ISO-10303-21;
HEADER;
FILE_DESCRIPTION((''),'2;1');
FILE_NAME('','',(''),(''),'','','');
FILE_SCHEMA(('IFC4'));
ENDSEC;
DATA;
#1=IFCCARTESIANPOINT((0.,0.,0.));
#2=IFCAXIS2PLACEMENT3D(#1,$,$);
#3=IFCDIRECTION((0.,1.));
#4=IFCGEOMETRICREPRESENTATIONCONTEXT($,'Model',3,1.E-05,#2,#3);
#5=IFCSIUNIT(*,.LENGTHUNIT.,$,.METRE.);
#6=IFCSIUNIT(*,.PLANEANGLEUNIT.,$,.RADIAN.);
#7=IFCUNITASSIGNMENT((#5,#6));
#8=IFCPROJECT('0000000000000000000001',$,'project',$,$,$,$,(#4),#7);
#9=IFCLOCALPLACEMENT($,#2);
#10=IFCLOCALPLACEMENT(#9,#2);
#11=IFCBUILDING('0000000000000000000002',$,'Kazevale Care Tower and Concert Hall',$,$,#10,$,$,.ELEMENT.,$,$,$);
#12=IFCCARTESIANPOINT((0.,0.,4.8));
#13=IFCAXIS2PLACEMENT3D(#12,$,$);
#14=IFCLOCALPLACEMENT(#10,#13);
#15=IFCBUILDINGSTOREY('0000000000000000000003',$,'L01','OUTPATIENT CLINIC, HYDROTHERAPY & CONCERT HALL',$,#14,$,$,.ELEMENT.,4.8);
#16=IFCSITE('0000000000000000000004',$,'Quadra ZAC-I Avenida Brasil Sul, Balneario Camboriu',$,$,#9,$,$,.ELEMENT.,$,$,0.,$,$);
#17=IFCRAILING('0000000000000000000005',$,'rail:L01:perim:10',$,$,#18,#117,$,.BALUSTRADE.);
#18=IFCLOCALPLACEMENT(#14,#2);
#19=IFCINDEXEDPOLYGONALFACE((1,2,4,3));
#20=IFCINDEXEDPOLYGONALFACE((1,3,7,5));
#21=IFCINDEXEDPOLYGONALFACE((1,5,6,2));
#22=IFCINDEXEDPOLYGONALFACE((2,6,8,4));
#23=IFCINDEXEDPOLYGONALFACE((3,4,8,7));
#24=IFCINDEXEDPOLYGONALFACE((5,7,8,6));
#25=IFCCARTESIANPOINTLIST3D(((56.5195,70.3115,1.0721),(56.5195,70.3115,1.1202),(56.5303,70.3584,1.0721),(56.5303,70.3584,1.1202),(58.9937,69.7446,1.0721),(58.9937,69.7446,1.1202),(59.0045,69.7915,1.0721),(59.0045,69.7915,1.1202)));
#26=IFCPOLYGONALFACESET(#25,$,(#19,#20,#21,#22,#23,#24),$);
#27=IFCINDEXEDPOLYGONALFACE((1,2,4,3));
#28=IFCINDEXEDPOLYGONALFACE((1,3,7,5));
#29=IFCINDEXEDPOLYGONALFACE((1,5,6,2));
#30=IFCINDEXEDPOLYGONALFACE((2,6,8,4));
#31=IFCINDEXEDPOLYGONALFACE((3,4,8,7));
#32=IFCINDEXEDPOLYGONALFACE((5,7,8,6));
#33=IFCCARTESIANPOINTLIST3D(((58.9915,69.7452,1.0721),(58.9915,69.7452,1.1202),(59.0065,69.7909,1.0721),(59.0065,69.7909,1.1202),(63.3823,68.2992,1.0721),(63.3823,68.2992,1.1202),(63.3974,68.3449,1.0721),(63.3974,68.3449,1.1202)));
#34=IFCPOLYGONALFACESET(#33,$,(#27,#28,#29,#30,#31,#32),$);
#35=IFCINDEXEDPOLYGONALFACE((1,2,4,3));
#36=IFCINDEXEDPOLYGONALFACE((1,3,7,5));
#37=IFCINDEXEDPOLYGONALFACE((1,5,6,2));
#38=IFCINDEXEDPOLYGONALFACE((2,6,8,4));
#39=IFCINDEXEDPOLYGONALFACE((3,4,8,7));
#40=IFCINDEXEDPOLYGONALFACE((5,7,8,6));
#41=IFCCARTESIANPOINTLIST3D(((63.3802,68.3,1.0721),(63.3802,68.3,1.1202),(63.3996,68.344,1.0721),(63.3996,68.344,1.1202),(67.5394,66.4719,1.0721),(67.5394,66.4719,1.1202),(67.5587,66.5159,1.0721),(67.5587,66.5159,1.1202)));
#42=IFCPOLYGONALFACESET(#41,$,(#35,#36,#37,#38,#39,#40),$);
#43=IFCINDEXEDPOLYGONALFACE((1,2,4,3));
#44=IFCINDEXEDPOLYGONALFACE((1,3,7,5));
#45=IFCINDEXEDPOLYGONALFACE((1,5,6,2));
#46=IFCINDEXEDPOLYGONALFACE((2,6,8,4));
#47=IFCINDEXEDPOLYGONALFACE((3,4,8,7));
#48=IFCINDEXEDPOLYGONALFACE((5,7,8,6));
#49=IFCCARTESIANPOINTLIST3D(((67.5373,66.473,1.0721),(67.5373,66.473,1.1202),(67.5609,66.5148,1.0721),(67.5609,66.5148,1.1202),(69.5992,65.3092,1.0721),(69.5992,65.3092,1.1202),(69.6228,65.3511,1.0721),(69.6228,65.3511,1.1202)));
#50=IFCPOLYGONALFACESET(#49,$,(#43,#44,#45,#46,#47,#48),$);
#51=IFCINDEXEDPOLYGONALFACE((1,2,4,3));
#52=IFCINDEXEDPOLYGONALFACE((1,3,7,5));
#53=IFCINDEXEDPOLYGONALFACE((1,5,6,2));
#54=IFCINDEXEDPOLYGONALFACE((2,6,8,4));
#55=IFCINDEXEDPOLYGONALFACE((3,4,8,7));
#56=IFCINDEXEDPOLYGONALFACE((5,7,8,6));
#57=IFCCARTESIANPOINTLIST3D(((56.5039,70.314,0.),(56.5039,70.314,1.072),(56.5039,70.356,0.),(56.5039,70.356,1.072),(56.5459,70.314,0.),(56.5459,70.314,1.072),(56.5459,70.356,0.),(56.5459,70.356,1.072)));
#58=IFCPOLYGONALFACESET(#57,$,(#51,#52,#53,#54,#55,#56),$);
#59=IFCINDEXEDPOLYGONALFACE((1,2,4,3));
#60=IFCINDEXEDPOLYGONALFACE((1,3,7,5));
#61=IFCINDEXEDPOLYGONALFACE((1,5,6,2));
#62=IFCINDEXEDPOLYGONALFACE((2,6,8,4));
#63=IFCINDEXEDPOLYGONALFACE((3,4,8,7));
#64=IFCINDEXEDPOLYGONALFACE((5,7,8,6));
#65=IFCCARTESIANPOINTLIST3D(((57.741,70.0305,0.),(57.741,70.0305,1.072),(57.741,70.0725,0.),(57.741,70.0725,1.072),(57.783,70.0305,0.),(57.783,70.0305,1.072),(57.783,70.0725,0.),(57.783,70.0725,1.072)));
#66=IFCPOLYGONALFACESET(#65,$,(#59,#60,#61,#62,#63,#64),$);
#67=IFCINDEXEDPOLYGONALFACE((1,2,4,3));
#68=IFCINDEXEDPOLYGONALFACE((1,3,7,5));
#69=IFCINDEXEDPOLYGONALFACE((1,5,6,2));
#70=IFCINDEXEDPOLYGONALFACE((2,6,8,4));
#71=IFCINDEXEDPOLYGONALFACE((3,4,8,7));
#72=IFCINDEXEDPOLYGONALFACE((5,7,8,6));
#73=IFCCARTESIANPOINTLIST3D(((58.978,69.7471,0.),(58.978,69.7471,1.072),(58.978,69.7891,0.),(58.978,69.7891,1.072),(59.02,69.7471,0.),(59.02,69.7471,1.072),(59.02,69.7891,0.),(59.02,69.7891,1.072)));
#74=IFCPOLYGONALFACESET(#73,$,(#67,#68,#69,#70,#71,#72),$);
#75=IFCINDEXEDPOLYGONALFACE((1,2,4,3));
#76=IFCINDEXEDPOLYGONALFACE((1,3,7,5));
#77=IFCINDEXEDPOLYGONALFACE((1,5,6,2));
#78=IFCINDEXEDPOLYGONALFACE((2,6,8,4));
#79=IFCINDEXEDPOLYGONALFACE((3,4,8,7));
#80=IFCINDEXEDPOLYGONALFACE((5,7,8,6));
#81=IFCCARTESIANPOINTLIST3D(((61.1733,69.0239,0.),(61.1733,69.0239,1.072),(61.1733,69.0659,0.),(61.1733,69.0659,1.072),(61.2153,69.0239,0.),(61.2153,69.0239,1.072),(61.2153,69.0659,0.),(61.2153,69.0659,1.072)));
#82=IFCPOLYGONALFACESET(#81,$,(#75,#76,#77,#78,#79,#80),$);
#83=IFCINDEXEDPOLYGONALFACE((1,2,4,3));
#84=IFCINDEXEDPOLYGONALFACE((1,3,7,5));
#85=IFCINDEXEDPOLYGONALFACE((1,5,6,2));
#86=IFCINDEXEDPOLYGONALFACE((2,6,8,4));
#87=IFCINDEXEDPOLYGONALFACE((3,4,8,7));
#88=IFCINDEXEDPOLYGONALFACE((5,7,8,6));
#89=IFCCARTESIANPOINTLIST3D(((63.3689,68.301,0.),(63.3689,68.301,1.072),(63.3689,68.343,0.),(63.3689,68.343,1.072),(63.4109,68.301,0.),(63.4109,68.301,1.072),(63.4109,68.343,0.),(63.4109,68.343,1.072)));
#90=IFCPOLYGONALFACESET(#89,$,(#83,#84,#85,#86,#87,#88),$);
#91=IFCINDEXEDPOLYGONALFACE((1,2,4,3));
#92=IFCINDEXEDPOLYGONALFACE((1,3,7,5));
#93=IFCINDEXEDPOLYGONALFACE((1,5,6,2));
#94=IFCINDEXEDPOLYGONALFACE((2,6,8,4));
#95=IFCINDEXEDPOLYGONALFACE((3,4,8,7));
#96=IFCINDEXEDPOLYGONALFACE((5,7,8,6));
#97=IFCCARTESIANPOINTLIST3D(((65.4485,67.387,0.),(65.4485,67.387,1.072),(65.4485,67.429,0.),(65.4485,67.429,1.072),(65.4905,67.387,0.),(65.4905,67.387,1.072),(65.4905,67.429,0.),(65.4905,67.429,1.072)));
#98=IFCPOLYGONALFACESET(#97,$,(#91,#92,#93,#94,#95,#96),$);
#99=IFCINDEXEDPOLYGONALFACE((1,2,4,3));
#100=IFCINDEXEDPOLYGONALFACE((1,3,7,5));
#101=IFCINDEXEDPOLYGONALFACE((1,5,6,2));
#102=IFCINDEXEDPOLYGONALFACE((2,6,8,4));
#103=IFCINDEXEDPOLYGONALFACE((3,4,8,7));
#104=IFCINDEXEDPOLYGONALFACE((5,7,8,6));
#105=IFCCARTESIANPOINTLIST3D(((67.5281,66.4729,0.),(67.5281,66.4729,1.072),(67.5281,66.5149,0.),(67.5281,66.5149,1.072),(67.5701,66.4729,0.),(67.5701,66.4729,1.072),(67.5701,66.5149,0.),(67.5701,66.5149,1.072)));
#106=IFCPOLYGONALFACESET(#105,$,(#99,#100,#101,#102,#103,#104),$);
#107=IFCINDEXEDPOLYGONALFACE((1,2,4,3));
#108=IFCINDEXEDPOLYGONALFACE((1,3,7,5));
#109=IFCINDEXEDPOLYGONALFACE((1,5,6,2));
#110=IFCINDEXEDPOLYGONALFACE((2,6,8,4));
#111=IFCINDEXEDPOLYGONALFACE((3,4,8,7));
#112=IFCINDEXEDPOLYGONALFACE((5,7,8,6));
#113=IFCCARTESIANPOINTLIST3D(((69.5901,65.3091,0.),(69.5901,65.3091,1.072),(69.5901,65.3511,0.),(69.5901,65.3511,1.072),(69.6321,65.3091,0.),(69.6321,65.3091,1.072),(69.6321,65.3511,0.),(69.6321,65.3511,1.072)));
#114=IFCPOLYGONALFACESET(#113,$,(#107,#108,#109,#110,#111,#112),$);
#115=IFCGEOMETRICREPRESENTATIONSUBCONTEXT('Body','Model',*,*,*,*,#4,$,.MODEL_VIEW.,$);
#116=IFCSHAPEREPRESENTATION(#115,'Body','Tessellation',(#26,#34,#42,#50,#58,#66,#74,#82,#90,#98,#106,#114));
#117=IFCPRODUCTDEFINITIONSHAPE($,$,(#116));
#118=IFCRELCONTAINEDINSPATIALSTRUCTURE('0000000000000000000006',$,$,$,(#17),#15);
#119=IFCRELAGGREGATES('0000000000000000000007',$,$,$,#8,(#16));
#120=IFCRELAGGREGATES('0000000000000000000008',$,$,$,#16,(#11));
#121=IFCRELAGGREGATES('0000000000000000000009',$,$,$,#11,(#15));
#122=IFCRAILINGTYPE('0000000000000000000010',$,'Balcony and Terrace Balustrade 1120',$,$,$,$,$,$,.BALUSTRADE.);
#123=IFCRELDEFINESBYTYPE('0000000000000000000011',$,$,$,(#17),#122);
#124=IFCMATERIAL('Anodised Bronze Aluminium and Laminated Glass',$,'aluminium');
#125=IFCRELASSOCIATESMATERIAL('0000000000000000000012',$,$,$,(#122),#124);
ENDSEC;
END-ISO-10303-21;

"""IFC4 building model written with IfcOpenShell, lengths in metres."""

from ifc_helpers import new_model, si_unit, direction, frame, origin, origin_2d, place, context, subcontext, project, spatial, rectangle, extrude, material, type_object, element, save


model = new_model("IFC4")

# Units and contexts
model_context = context("Model", 3, precision=1e-05, world=origin(), true_north=direction((0.0, 1.0)))
body_context = subcontext(model_context, "Body", "Model", "MODEL_VIEW")
ifc_project = project(units=[si_unit("LENGTHUNIT", "METRE"), si_unit("PLANEANGLEUNIT", "RADIAN")], contexts=[model_context])

# Site, building, storey
site_placement = place(None, origin())
site = spatial("IfcSite", under=ifc_project, at=site_placement, Name="Quadra ZAC-I Avenida Brasil Sul, Balneario Camboriu", CompositionType="ELEMENT", RefElevation=0.0)
building_placement = place(site_placement, origin())
building = spatial("IfcBuilding", under=site, at=building_placement, Name="Kazevale Care Tower and Concert Hall", CompositionType="ELEMENT")
storey_placement = place(building_placement, frame((0.0, 0.0, 4.8)))
storey = spatial("IfcBuildingStorey", under=building, at=storey_placement, Name="L01", Description="OUTPATIENT CLINIC, HYDROTHERAPY & CONCERT HALL", CompositionType="ELEMENT", Elevation=4.8)

# Railing
ifc_material_1 = material(Name="Anodised Bronze Aluminium and Laminated Glass", Category="aluminium")
railing_type = type_object("IfcRailingType", Name="Balcony and Terrace Balustrade 1120", PredefinedType="BALUSTRADE", material=ifc_material_1)
railing_1_placement = place(storey_placement, frame((56.5249, 70.335, 0.0)))
element("IfcRailing", 1, at=railing_1_placement, inside=storey, type_object=railing_type, Name="rail:L01:perim:10", PredefinedType="BALUSTRADE", context=body_context, shape_type="SweptSolid", body=[
    extrude(rectangle(XDim=0.0481, YDim=0.0481, at=origin_2d()), frame((0.0, 0.0, 1.0962), z_axis=(0.97474, -0.223342, 0.0), x_axis=(0.223342, 0.97474, 0.0)), (0.0, 0.0, 1.0), 2.5383),
    extrude(rectangle(XDim=0.0481, YDim=0.0481, at=origin_2d()), frame((2.4741, -0.5669, 1.0962), z_axis=(0.949818, -0.312804, 0.0), x_axis=(0.312804, 0.949818, 0.0)), (0.0, 0.0, 1.0), 4.6228),
    extrude(rectangle(XDim=0.0481, YDim=0.0481, at=origin_2d()), frame((6.865, -2.0129, 1.0962), z_axis=(0.91547, -0.402386, 0.0), x_axis=(0.402386, 0.91547, 0.0)), (0.0, 0.0, 1.0), 4.5432),
    extrude(rectangle(XDim=0.0481, YDim=0.0481, at=origin_2d()), frame((11.0242, -3.8411, 1.0962), z_axis=(0.870864, -0.491524, 0.0), x_axis=(0.491524, 0.870864, 0.0)), (0.0, 0.0, 1.0), 2.3677),
    extrude(rectangle(XDim=0.042, YDim=0.042, at=origin_2d()), origin(), (0.0, 0.0, 1.0), 1.072),
    extrude(rectangle(XDim=0.042, YDim=0.042, at=origin_2d()), frame((1.2371, -0.2834, 0.0)), (0.0, 0.0, 1.0), 1.072),
    extrude(rectangle(XDim=0.042, YDim=0.042, at=origin_2d()), frame((2.4741, -0.5669, 0.0)), (0.0, 0.0, 1.0), 1.072),
    extrude(rectangle(XDim=0.042, YDim=0.042, at=origin_2d()), frame((4.6694, -1.29, 0.0)), (0.0, 0.0, 1.0), 1.072),
    extrude(rectangle(XDim=0.042, YDim=0.042, at=origin_2d()), frame((6.865, -2.0129, 0.0)), (0.0, 0.0, 1.0), 1.072),
    extrude(rectangle(XDim=0.042, YDim=0.042, at=origin_2d()), frame((8.9446, -2.927, 0.0)), (0.0, 0.0, 1.0), 1.072),
    extrude(rectangle(XDim=0.042, YDim=0.042, at=origin_2d()), frame((11.0242, -3.8411, 0.0)), (0.0, 0.0, 1.0), 1.072),
    extrude(rectangle(XDim=0.042, YDim=0.042, at=origin_2d()), frame((13.0862, -5.0049, 0.0)), (0.0, 0.0, 1.0), 1.072),
])

save(model, "model.ifc")
